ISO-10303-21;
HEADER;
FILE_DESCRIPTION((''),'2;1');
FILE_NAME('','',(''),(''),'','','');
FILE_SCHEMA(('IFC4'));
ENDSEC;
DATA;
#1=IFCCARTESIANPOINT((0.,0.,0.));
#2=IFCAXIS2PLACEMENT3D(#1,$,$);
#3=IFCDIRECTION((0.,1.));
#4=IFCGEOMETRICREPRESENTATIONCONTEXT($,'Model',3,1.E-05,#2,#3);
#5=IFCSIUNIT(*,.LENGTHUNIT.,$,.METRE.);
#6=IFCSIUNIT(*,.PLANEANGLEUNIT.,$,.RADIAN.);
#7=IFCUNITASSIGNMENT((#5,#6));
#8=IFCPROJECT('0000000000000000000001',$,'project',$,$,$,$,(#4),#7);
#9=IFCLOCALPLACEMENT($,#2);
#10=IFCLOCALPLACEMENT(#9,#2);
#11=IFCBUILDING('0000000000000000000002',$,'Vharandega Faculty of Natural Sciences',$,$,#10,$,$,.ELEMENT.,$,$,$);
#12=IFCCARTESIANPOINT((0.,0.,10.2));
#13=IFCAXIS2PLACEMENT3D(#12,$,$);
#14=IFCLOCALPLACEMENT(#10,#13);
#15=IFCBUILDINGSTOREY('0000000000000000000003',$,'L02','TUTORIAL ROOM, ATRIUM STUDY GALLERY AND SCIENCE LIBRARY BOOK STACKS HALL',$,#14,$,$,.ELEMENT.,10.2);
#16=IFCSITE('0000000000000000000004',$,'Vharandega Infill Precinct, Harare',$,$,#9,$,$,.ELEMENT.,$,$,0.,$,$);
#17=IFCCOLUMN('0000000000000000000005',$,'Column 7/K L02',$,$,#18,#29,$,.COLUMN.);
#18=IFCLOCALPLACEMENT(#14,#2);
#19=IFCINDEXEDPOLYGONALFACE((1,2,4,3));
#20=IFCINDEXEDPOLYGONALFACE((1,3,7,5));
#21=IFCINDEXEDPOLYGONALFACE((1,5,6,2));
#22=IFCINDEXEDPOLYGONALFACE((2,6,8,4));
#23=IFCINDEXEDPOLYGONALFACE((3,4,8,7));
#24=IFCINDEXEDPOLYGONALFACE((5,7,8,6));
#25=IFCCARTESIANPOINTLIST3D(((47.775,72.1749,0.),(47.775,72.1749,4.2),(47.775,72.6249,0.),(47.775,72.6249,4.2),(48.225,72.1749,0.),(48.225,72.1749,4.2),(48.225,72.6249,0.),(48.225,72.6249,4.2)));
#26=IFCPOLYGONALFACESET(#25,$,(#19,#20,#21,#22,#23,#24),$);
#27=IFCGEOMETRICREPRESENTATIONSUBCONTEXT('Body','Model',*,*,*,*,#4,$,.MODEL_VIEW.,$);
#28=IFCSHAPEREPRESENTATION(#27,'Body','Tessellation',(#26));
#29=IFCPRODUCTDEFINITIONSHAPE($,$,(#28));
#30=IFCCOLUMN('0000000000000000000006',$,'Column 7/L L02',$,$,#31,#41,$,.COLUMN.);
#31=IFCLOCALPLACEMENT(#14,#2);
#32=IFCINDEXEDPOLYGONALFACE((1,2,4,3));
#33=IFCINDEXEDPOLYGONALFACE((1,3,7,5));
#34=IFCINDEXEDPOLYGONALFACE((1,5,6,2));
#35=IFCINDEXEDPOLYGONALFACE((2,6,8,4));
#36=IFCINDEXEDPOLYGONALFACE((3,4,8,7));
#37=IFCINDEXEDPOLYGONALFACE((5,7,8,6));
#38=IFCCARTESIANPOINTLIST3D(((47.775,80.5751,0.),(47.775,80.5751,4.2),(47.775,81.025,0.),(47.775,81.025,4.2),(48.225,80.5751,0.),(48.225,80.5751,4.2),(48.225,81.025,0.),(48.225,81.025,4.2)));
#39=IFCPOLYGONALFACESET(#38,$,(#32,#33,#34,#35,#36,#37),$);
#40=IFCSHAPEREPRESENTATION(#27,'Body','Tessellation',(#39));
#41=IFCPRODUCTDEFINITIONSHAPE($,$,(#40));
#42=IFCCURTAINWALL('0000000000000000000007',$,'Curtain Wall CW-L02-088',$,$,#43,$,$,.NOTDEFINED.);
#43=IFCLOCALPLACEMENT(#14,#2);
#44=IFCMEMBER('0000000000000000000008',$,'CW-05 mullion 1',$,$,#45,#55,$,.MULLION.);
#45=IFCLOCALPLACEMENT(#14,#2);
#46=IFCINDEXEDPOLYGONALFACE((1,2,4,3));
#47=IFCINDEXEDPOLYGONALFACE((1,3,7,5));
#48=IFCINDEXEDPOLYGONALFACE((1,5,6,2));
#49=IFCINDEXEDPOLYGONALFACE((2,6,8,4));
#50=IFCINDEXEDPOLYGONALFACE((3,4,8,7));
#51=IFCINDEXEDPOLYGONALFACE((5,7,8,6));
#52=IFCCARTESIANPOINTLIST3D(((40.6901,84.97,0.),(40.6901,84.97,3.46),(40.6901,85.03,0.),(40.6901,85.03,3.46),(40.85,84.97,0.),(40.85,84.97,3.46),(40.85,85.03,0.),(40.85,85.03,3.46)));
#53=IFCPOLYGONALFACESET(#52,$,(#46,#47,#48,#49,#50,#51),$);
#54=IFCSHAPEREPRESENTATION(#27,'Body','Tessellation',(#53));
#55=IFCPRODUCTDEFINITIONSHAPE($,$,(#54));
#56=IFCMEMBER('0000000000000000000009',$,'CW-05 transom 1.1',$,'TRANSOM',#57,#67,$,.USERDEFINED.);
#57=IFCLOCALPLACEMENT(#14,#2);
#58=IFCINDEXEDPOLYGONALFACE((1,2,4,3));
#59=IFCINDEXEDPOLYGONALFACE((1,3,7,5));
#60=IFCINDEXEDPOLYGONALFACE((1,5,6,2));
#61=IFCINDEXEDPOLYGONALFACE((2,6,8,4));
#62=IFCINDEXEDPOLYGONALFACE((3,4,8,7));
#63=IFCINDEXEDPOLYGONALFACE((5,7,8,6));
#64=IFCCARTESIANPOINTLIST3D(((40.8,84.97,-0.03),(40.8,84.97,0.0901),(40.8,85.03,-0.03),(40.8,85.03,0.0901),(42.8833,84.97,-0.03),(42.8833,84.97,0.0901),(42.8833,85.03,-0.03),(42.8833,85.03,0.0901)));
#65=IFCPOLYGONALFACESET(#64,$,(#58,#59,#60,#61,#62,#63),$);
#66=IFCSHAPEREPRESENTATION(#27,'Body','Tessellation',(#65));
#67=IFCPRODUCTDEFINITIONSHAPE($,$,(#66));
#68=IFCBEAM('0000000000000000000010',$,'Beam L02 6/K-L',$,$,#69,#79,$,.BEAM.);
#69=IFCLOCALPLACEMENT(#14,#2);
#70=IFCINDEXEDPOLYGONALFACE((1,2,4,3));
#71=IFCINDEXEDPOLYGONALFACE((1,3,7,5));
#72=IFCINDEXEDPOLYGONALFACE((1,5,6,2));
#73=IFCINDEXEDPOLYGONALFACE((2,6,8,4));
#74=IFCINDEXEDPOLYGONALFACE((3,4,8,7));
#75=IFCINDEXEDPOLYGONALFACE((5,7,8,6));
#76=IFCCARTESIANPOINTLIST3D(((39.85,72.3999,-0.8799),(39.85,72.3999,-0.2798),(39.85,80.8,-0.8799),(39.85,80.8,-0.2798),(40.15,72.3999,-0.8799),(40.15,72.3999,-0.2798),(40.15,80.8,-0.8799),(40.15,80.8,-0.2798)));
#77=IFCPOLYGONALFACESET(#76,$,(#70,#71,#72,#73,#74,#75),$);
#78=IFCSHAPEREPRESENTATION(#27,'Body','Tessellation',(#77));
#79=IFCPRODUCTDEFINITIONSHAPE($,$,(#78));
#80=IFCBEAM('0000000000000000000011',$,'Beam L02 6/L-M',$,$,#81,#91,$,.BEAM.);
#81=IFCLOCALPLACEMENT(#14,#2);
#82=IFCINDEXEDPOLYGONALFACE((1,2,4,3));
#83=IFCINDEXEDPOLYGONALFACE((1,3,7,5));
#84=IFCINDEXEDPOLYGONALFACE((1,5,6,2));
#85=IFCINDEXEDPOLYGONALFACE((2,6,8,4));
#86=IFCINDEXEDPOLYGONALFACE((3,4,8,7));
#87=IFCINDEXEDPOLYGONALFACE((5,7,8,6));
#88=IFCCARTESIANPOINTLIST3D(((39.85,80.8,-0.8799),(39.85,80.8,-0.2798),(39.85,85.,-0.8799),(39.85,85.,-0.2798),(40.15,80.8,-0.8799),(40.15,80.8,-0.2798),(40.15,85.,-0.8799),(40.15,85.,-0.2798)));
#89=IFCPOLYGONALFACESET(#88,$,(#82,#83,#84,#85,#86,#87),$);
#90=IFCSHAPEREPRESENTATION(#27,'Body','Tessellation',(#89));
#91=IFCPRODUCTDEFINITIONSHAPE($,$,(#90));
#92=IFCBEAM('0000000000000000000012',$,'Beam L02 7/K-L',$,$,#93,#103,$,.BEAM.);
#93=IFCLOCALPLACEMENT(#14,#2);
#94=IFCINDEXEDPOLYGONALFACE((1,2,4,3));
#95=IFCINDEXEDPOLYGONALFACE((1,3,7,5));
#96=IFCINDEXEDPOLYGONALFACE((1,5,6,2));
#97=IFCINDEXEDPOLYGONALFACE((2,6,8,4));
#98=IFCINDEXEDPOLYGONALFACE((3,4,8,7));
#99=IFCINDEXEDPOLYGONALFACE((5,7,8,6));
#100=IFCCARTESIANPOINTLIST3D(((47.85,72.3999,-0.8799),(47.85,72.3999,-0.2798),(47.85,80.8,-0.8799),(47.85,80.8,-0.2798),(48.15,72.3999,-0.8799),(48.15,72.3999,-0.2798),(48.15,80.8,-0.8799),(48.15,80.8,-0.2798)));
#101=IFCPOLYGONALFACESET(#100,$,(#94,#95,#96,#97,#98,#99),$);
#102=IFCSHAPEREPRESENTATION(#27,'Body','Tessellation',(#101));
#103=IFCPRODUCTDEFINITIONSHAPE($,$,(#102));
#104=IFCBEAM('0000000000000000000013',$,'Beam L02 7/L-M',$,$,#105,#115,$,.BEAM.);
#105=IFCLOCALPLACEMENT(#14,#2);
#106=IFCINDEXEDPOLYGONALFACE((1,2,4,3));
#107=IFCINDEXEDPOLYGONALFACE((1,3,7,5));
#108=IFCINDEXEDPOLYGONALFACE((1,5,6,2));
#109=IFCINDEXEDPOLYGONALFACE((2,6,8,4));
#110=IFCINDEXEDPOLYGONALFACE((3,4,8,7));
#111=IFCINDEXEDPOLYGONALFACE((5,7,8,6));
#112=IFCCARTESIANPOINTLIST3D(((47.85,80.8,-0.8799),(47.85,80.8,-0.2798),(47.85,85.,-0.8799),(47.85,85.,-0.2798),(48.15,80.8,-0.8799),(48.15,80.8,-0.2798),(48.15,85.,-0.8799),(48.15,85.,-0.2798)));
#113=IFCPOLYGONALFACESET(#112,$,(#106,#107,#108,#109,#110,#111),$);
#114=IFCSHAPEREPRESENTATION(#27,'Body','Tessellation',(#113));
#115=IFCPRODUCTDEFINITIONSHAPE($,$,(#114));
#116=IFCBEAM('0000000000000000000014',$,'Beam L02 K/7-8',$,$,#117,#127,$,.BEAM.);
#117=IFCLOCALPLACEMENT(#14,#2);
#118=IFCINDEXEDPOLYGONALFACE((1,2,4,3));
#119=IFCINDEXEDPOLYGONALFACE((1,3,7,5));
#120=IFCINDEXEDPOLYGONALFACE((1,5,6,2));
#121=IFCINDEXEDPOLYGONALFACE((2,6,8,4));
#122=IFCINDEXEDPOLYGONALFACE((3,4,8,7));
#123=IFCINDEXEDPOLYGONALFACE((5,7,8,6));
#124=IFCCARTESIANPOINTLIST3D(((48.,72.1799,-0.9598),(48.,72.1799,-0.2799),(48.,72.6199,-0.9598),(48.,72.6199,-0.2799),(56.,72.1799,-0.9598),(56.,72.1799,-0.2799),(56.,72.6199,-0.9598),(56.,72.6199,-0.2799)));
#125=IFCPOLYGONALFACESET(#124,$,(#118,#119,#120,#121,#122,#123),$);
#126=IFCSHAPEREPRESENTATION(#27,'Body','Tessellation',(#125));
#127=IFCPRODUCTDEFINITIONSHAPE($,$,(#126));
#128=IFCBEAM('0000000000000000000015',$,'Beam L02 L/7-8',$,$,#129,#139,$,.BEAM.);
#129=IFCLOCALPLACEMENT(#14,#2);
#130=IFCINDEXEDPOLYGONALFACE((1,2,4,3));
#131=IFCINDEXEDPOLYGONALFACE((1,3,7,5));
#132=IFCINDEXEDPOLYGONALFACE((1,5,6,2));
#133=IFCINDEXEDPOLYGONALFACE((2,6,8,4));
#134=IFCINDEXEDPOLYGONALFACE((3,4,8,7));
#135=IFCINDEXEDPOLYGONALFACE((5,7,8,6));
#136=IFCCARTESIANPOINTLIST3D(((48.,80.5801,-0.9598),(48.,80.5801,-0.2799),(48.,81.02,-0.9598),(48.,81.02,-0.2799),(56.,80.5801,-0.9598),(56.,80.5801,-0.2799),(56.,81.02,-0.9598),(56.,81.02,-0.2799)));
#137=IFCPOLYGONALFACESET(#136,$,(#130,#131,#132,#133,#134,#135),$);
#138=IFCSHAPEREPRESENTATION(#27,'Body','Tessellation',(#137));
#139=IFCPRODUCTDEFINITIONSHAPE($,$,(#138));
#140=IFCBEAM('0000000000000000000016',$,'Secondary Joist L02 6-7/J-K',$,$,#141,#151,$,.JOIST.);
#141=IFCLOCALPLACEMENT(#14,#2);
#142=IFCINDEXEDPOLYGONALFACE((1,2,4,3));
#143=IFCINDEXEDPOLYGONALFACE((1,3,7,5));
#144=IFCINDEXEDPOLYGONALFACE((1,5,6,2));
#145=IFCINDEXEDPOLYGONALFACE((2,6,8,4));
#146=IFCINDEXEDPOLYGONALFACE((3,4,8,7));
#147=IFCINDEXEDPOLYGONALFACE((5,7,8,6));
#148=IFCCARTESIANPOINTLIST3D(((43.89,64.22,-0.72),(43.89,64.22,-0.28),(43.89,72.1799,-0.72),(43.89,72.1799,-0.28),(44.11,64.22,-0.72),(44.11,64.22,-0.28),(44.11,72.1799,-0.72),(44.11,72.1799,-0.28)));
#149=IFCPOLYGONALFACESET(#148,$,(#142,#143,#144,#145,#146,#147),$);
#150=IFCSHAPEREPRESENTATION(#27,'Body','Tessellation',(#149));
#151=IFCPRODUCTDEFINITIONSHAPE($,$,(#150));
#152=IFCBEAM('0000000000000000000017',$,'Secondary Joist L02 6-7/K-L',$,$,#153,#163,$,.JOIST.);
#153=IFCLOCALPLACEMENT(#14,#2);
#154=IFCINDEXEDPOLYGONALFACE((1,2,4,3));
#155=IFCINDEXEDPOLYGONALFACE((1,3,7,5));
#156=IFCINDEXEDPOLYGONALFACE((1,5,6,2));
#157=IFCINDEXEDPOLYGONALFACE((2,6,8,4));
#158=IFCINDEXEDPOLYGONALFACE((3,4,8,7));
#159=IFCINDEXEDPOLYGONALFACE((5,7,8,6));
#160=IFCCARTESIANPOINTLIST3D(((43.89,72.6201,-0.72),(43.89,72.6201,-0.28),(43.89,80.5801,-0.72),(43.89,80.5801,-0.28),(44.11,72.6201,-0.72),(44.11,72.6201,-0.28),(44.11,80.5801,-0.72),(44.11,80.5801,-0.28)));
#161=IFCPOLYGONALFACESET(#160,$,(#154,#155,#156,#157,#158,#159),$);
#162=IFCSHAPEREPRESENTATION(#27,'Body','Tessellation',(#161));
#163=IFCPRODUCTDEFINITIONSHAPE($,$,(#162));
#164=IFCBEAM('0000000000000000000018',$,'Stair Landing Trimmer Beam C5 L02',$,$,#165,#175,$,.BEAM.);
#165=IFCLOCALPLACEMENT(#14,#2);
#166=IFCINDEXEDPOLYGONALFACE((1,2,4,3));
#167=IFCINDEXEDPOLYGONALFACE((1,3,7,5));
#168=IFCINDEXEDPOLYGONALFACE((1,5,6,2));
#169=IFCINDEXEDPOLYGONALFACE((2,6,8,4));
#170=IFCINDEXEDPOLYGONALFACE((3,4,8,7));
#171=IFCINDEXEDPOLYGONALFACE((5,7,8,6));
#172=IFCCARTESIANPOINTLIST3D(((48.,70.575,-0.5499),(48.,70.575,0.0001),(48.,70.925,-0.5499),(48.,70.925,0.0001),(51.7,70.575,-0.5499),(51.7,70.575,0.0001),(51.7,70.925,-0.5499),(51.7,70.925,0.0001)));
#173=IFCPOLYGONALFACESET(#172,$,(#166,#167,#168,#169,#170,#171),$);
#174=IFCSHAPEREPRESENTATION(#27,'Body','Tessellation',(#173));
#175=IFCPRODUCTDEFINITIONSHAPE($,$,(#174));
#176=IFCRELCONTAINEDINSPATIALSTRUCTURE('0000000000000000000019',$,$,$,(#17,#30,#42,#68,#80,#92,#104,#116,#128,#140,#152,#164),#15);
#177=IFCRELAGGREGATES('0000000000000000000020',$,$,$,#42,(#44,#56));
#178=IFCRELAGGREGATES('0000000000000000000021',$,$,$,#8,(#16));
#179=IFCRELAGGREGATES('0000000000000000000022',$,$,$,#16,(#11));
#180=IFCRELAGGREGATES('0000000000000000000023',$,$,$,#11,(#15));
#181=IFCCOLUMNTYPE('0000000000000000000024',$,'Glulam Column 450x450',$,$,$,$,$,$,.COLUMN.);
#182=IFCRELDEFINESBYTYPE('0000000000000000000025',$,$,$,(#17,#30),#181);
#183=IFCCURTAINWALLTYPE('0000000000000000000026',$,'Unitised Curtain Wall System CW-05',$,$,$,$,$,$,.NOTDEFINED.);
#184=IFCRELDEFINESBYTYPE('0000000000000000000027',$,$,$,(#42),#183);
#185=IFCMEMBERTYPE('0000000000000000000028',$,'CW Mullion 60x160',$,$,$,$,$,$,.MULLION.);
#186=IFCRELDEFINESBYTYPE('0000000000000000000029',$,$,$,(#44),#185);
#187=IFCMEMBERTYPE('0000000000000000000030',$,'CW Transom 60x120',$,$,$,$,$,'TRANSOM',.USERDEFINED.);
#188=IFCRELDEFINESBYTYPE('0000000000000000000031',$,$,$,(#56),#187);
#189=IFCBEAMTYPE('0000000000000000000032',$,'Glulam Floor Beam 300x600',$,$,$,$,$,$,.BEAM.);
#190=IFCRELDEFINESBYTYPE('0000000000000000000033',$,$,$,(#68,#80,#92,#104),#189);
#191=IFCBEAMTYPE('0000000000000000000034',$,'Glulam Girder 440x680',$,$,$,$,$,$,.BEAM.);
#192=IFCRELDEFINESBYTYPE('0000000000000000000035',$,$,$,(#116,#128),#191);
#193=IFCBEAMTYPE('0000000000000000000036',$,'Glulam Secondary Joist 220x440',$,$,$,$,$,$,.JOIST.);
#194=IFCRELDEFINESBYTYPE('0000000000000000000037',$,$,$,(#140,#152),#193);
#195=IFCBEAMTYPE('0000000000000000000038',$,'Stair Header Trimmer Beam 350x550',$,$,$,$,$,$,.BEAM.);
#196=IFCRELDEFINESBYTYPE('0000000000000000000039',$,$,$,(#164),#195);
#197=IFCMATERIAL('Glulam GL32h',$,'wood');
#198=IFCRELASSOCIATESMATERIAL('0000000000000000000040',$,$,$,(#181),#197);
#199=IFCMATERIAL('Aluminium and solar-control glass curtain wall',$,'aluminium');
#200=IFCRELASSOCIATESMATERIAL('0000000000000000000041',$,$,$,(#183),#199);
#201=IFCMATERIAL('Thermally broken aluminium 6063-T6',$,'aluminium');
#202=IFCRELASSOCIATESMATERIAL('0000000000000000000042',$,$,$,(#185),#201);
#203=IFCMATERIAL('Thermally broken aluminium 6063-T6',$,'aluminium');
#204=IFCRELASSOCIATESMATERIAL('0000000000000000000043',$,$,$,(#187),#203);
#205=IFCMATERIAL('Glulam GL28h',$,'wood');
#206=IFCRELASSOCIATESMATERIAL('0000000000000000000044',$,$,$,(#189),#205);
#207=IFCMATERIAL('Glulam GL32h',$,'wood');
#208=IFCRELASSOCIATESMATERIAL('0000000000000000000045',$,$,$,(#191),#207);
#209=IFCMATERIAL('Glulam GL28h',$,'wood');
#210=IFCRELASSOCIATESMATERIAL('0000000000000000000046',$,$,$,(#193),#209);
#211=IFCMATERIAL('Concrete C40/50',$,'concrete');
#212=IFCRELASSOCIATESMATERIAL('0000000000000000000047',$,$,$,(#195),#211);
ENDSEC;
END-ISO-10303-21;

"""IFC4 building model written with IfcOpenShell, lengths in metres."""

from ifc_helpers import new_model, si_unit, direction, frame, origin, origin_2d, place, context, subcontext, project, spatial, rectangle, extrude, material, material_profile, profile_set, type_object, element, aggregate, save


model = new_model("IFC4")

# Units and contexts
model_context = context("Model", 3, precision=1e-05, world=origin(), true_north=direction((0.0, 1.0)))
body_context = subcontext(model_context, "Body", "Model", "MODEL_VIEW")
ifc_project = project(units=[si_unit("LENGTHUNIT", "METRE"), si_unit("PLANEANGLEUNIT", "RADIAN")], contexts=[model_context])

# Site, building, storey
site_placement = place(None, origin())
site = spatial("IfcSite", under=ifc_project, at=site_placement, Name="Vharandega Infill Precinct, Harare", CompositionType="ELEMENT", RefElevation=0.0)
building_placement = place(site_placement, origin())
building = spatial("IfcBuilding", under=site, at=building_placement, Name="Vharandega Faculty of Natural Sciences", CompositionType="ELEMENT")
storey_placement = place(building_placement, frame((0.0, 0.0, 10.2)))
storey = spatial("IfcBuildingStorey", under=building, at=storey_placement, Name="L02", Description="TUTORIAL ROOM, ATRIUM STUDY GALLERY AND SCIENCE LIBRARY BOOK STACKS HALL", CompositionType="ELEMENT", Elevation=10.2)

# Columns
ifc_material_1 = material(Name="Glulam GL32h", Category="wood")
ifc_material_profile_1 = material_profile(ifc_material_1, rectangle(XDim=0.45, YDim=0.45, at=origin_2d()), Name="GL32h 450x450")
ifc_profile_set_1 = profile_set([ifc_material_profile_1], Name="Glulam GL32h")
column_type = type_object("IfcColumnType", Name="Glulam Column 450x450", PredefinedType="COLUMN", material=ifc_profile_set_1)
for number, where, z_axis, x_axis, name in (
    (1, (48.0, 72.3999, 0.0), (0.0, 0.0, 1.0), (1.0, 0.0, 0.0), "Column 7/K L02"),
    (2, (48.0, 80.8, 0.0), (0.0, 0.0, 1.0), (1.0, 0.0, 0.0), "Column 7/L L02"),
):
    element("IfcColumn", number, at=place(storey_placement, frame(where, z_axis=z_axis, x_axis=x_axis)), inside=storey, type_object=column_type, Name=name, PredefinedType="COLUMN", context=body_context, shape_type="SweptSolid", body=[
        extrude(rectangle(XDim=0.45, YDim=0.45, at=origin_2d()), origin(), (0.0, 0.0, 1.0), 4.2),
    ])

# Curtain wall, members
ifc_material_2 = material(Name="Aluminium and solar-control glass curtain wall", Category="aluminium")
curtain_wall_type = type_object("IfcCurtainWallType", Name="Unitised Curtain Wall System CW-05", PredefinedType="NOTDEFINED", material=ifc_material_2)
curtain_wall_placement = place(storey_placement, origin())
curtain_wall = element("IfcCurtainWall", 3, at=curtain_wall_placement, inside=storey, type_object=curtain_wall_type, Name="Curtain Wall CW-L02-088", PredefinedType="NOTDEFINED")
ifc_material_3 = material(Name="Thermally broken aluminium 6063-T6", Category="aluminium")
ifc_material_profile_2 = material_profile(ifc_material_3, rectangle(XDim=0.0601, YDim=0.1599, at=origin_2d()), Name="ALU 60x160")
ifc_profile_set_2 = profile_set([ifc_material_profile_2], Name="Thermally broken aluminium 6063-T6")
member_type_1 = type_object("IfcMemberType", Name="CW Mullion 60x160", PredefinedType="MULLION", material=ifc_profile_set_2)
member_1_placement = place(storey_placement, frame((40.77, 85.0, 0.0), z_axis=(0.0, 0.0, 1.0), x_axis=(0.0, 1.0, 0.0)))
member_1 = element("IfcMember", 4, at=member_1_placement, type_object=member_type_1, Name="CW-05 mullion 1", PredefinedType="MULLION", context=body_context, shape_type="SweptSolid", body=[
    extrude(rectangle(XDim=0.0601, YDim=0.1599, at=origin_2d()), origin(), (0.0, 0.0, 1.0), 3.46),
])
ifc_material_4 = material(Name="Thermally broken aluminium 6063-T6", Category="aluminium")
ifc_material_profile_3 = material_profile(ifc_material_4, rectangle(XDim=0.0601, YDim=0.1201, at=origin_2d()), Name="ALU 60x120")
ifc_profile_set_3 = profile_set([ifc_material_profile_3], Name="Thermally broken aluminium 6063-T6")
member_type_2 = type_object("IfcMemberType", Name="CW Transom 60x120", ElementType="TRANSOM", PredefinedType="USERDEFINED", material=ifc_profile_set_3)
member_2_placement = place(storey_placement, frame((40.8, 85.0, 0.03), z_axis=(1.0, 0.0, 0.0), x_axis=(0.0, 1.0, 0.0)))
member_2 = element("IfcMember", 5, at=member_2_placement, type_object=member_type_2, Name="CW-05 transom 1.1", ObjectType="TRANSOM", PredefinedType="USERDEFINED", context=body_context, shape_type="SweptSolid", body=[
    extrude(rectangle(XDim=0.0601, YDim=0.1201, at=origin_2d()), origin(), (0.0, 0.0, 1.0), 2.0833),
])
aggregate(curtain_wall, [member_1, member_2])

# Beams
ifc_material_5 = material(Name="Glulam GL28h", Category="wood")
ifc_material_profile_4 = material_profile(ifc_material_5, rectangle(XDim=0.3, YDim=0.6001, at=origin_2d()), Name="GL28h 300x600")
ifc_profile_set_4 = profile_set([ifc_material_profile_4], Name="Glulam GL28h")
beam_type_1 = type_object("IfcBeamType", Name="Glulam Floor Beam 300x600", PredefinedType="BEAM", material=ifc_profile_set_4)
beam_1_placement = place(storey_placement, frame((40.0, 72.3999, -0.5798), z_axis=(0.0, 1.0, 0.0), x_axis=(-1.0, 0.0, 0.0)))
element("IfcBeam", 6, at=beam_1_placement, inside=storey, type_object=beam_type_1, Name="Beam L02 6/K-L", PredefinedType="BEAM", context=body_context, shape_type="SweptSolid", body=[
    extrude(rectangle(XDim=0.3, YDim=0.6001, at=origin_2d()), origin(), (0.0, 0.0, 1.0), 8.4001),
])
beam_2_placement = place(storey_placement, frame((40.0, 80.8, -0.5798), z_axis=(0.0, 1.0, 0.0), x_axis=(-1.0, 0.0, 0.0)))
element("IfcBeam", 7, at=beam_2_placement, inside=storey, type_object=beam_type_1, Name="Beam L02 6/L-M", PredefinedType="BEAM", context=body_context, shape_type="SweptSolid", body=[
    extrude(rectangle(XDim=0.3, YDim=0.6001, at=origin_2d()), origin(), (0.0, 0.0, 1.0), 4.2),
])
beam_3_placement = place(storey_placement, frame((48.0, 72.3999, -0.5798), z_axis=(0.0, 1.0, 0.0), x_axis=(-1.0, 0.0, 0.0)))
element("IfcBeam", 8, at=beam_3_placement, inside=storey, type_object=beam_type_1, Name="Beam L02 7/K-L", PredefinedType="BEAM", context=body_context, shape_type="SweptSolid", body=[
    extrude(rectangle(XDim=0.3, YDim=0.6001, at=origin_2d()), origin(), (0.0, 0.0, 1.0), 8.4001),
])
beam_4_placement = place(storey_placement, frame((48.0, 80.8, -0.5798), z_axis=(0.0, 1.0, 0.0), x_axis=(-1.0, 0.0, 0.0)))
element("IfcBeam", 9, at=beam_4_placement, inside=storey, type_object=beam_type_1, Name="Beam L02 7/L-M", PredefinedType="BEAM", context=body_context, shape_type="SweptSolid", body=[
    extrude(rectangle(XDim=0.3, YDim=0.6001, at=origin_2d()), origin(), (0.0, 0.0, 1.0), 4.2),
])
ifc_material_6 = material(Name="Glulam GL32h", Category="wood")
ifc_material_profile_5 = material_profile(ifc_material_6, rectangle(XDim=0.4399, YDim=0.6799, at=origin_2d()), Name="GL32h 440x680")
ifc_profile_set_5 = profile_set([ifc_material_profile_5], Name="Glulam GL32h")
beam_type_2 = type_object("IfcBeamType", Name="Glulam Girder 440x680", PredefinedType="BEAM", material=ifc_profile_set_5)
for number, where, z_axis, x_axis, name in (
    (10, (48.0, 72.3999, -0.6199), (1.0, 0.0, 0.0), (0.0, 1.0, 0.0), "Beam L02 K/7-8"),
    (11, (48.0, 80.8, -0.6199), (1.0, 0.0, 0.0), (0.0, 1.0, 0.0), "Beam L02 L/7-8"),
):
    element("IfcBeam", number, at=place(storey_placement, frame(where, z_axis=z_axis, x_axis=x_axis)), inside=storey, type_object=beam_type_2, Name=name, PredefinedType="BEAM", context=body_context, shape_type="SweptSolid", body=[
        extrude(rectangle(XDim=0.4399, YDim=0.6799, at=origin_2d()), origin(), (0.0, 0.0, 1.0), 8.0),
    ])
ifc_material_7 = material(Name="Glulam GL28h", Category="wood")
ifc_material_profile_6 = material_profile(ifc_material_7, rectangle(XDim=0.22, YDim=0.4399, at=origin_2d()), Name="GL28h 220x440")
ifc_profile_set_6 = profile_set([ifc_material_profile_6], Name="Glulam GL28h")
beam_type_3 = type_object("IfcBeamType", Name="Glulam Secondary Joist 220x440", PredefinedType="JOIST", material=ifc_profile_set_6)
for number, where, z_axis, x_axis, name in (
    (12, (44.0, 64.22, -0.5), (0.0, 1.0, 0.0), (-1.0, 0.0, 0.0), "Secondary Joist L02 6-7/J-K"),
    (13, (44.0, 72.6201, -0.5), (0.0, 1.0, 0.0), (-1.0, 0.0, 0.0), "Secondary Joist L02 6-7/K-L"),
):
    element("IfcBeam", number, at=place(storey_placement, frame(where, z_axis=z_axis, x_axis=x_axis)), inside=storey, type_object=beam_type_3, Name=name, PredefinedType="JOIST", context=body_context, shape_type="SweptSolid", body=[
        extrude(rectangle(XDim=0.22, YDim=0.4399, at=origin_2d()), origin(), (0.0, 0.0, 1.0), 7.96),
    ])
ifc_material_8 = material(Name="Concrete C40/50", Category="concrete")
ifc_material_profile_7 = material_profile(ifc_material_8, rectangle(XDim=0.3501, YDim=0.55, at=origin_2d()), Name="RC 350x550")
ifc_profile_set_7 = profile_set([ifc_material_profile_7], Name="Concrete C40/50")
beam_type_4 = type_object("IfcBeamType", Name="Stair Header Trimmer Beam 350x550", PredefinedType="BEAM", material=ifc_profile_set_7)
beam_5_placement = place(storey_placement, frame((48.0, 70.75, -0.2749), z_axis=(1.0, 0.0, 0.0), x_axis=(0.0, 1.0, 0.0)))
element("IfcBeam", 14, at=beam_5_placement, inside=storey, type_object=beam_type_4, Name="Stair Landing Trimmer Beam C5 L02", PredefinedType="BEAM", context=body_context, shape_type="SweptSolid", body=[
    extrude(rectangle(XDim=0.3501, YDim=0.55, at=origin_2d()), origin(), (0.0, 0.0, 1.0), 3.7),
])

save(model, "model.ifc")
